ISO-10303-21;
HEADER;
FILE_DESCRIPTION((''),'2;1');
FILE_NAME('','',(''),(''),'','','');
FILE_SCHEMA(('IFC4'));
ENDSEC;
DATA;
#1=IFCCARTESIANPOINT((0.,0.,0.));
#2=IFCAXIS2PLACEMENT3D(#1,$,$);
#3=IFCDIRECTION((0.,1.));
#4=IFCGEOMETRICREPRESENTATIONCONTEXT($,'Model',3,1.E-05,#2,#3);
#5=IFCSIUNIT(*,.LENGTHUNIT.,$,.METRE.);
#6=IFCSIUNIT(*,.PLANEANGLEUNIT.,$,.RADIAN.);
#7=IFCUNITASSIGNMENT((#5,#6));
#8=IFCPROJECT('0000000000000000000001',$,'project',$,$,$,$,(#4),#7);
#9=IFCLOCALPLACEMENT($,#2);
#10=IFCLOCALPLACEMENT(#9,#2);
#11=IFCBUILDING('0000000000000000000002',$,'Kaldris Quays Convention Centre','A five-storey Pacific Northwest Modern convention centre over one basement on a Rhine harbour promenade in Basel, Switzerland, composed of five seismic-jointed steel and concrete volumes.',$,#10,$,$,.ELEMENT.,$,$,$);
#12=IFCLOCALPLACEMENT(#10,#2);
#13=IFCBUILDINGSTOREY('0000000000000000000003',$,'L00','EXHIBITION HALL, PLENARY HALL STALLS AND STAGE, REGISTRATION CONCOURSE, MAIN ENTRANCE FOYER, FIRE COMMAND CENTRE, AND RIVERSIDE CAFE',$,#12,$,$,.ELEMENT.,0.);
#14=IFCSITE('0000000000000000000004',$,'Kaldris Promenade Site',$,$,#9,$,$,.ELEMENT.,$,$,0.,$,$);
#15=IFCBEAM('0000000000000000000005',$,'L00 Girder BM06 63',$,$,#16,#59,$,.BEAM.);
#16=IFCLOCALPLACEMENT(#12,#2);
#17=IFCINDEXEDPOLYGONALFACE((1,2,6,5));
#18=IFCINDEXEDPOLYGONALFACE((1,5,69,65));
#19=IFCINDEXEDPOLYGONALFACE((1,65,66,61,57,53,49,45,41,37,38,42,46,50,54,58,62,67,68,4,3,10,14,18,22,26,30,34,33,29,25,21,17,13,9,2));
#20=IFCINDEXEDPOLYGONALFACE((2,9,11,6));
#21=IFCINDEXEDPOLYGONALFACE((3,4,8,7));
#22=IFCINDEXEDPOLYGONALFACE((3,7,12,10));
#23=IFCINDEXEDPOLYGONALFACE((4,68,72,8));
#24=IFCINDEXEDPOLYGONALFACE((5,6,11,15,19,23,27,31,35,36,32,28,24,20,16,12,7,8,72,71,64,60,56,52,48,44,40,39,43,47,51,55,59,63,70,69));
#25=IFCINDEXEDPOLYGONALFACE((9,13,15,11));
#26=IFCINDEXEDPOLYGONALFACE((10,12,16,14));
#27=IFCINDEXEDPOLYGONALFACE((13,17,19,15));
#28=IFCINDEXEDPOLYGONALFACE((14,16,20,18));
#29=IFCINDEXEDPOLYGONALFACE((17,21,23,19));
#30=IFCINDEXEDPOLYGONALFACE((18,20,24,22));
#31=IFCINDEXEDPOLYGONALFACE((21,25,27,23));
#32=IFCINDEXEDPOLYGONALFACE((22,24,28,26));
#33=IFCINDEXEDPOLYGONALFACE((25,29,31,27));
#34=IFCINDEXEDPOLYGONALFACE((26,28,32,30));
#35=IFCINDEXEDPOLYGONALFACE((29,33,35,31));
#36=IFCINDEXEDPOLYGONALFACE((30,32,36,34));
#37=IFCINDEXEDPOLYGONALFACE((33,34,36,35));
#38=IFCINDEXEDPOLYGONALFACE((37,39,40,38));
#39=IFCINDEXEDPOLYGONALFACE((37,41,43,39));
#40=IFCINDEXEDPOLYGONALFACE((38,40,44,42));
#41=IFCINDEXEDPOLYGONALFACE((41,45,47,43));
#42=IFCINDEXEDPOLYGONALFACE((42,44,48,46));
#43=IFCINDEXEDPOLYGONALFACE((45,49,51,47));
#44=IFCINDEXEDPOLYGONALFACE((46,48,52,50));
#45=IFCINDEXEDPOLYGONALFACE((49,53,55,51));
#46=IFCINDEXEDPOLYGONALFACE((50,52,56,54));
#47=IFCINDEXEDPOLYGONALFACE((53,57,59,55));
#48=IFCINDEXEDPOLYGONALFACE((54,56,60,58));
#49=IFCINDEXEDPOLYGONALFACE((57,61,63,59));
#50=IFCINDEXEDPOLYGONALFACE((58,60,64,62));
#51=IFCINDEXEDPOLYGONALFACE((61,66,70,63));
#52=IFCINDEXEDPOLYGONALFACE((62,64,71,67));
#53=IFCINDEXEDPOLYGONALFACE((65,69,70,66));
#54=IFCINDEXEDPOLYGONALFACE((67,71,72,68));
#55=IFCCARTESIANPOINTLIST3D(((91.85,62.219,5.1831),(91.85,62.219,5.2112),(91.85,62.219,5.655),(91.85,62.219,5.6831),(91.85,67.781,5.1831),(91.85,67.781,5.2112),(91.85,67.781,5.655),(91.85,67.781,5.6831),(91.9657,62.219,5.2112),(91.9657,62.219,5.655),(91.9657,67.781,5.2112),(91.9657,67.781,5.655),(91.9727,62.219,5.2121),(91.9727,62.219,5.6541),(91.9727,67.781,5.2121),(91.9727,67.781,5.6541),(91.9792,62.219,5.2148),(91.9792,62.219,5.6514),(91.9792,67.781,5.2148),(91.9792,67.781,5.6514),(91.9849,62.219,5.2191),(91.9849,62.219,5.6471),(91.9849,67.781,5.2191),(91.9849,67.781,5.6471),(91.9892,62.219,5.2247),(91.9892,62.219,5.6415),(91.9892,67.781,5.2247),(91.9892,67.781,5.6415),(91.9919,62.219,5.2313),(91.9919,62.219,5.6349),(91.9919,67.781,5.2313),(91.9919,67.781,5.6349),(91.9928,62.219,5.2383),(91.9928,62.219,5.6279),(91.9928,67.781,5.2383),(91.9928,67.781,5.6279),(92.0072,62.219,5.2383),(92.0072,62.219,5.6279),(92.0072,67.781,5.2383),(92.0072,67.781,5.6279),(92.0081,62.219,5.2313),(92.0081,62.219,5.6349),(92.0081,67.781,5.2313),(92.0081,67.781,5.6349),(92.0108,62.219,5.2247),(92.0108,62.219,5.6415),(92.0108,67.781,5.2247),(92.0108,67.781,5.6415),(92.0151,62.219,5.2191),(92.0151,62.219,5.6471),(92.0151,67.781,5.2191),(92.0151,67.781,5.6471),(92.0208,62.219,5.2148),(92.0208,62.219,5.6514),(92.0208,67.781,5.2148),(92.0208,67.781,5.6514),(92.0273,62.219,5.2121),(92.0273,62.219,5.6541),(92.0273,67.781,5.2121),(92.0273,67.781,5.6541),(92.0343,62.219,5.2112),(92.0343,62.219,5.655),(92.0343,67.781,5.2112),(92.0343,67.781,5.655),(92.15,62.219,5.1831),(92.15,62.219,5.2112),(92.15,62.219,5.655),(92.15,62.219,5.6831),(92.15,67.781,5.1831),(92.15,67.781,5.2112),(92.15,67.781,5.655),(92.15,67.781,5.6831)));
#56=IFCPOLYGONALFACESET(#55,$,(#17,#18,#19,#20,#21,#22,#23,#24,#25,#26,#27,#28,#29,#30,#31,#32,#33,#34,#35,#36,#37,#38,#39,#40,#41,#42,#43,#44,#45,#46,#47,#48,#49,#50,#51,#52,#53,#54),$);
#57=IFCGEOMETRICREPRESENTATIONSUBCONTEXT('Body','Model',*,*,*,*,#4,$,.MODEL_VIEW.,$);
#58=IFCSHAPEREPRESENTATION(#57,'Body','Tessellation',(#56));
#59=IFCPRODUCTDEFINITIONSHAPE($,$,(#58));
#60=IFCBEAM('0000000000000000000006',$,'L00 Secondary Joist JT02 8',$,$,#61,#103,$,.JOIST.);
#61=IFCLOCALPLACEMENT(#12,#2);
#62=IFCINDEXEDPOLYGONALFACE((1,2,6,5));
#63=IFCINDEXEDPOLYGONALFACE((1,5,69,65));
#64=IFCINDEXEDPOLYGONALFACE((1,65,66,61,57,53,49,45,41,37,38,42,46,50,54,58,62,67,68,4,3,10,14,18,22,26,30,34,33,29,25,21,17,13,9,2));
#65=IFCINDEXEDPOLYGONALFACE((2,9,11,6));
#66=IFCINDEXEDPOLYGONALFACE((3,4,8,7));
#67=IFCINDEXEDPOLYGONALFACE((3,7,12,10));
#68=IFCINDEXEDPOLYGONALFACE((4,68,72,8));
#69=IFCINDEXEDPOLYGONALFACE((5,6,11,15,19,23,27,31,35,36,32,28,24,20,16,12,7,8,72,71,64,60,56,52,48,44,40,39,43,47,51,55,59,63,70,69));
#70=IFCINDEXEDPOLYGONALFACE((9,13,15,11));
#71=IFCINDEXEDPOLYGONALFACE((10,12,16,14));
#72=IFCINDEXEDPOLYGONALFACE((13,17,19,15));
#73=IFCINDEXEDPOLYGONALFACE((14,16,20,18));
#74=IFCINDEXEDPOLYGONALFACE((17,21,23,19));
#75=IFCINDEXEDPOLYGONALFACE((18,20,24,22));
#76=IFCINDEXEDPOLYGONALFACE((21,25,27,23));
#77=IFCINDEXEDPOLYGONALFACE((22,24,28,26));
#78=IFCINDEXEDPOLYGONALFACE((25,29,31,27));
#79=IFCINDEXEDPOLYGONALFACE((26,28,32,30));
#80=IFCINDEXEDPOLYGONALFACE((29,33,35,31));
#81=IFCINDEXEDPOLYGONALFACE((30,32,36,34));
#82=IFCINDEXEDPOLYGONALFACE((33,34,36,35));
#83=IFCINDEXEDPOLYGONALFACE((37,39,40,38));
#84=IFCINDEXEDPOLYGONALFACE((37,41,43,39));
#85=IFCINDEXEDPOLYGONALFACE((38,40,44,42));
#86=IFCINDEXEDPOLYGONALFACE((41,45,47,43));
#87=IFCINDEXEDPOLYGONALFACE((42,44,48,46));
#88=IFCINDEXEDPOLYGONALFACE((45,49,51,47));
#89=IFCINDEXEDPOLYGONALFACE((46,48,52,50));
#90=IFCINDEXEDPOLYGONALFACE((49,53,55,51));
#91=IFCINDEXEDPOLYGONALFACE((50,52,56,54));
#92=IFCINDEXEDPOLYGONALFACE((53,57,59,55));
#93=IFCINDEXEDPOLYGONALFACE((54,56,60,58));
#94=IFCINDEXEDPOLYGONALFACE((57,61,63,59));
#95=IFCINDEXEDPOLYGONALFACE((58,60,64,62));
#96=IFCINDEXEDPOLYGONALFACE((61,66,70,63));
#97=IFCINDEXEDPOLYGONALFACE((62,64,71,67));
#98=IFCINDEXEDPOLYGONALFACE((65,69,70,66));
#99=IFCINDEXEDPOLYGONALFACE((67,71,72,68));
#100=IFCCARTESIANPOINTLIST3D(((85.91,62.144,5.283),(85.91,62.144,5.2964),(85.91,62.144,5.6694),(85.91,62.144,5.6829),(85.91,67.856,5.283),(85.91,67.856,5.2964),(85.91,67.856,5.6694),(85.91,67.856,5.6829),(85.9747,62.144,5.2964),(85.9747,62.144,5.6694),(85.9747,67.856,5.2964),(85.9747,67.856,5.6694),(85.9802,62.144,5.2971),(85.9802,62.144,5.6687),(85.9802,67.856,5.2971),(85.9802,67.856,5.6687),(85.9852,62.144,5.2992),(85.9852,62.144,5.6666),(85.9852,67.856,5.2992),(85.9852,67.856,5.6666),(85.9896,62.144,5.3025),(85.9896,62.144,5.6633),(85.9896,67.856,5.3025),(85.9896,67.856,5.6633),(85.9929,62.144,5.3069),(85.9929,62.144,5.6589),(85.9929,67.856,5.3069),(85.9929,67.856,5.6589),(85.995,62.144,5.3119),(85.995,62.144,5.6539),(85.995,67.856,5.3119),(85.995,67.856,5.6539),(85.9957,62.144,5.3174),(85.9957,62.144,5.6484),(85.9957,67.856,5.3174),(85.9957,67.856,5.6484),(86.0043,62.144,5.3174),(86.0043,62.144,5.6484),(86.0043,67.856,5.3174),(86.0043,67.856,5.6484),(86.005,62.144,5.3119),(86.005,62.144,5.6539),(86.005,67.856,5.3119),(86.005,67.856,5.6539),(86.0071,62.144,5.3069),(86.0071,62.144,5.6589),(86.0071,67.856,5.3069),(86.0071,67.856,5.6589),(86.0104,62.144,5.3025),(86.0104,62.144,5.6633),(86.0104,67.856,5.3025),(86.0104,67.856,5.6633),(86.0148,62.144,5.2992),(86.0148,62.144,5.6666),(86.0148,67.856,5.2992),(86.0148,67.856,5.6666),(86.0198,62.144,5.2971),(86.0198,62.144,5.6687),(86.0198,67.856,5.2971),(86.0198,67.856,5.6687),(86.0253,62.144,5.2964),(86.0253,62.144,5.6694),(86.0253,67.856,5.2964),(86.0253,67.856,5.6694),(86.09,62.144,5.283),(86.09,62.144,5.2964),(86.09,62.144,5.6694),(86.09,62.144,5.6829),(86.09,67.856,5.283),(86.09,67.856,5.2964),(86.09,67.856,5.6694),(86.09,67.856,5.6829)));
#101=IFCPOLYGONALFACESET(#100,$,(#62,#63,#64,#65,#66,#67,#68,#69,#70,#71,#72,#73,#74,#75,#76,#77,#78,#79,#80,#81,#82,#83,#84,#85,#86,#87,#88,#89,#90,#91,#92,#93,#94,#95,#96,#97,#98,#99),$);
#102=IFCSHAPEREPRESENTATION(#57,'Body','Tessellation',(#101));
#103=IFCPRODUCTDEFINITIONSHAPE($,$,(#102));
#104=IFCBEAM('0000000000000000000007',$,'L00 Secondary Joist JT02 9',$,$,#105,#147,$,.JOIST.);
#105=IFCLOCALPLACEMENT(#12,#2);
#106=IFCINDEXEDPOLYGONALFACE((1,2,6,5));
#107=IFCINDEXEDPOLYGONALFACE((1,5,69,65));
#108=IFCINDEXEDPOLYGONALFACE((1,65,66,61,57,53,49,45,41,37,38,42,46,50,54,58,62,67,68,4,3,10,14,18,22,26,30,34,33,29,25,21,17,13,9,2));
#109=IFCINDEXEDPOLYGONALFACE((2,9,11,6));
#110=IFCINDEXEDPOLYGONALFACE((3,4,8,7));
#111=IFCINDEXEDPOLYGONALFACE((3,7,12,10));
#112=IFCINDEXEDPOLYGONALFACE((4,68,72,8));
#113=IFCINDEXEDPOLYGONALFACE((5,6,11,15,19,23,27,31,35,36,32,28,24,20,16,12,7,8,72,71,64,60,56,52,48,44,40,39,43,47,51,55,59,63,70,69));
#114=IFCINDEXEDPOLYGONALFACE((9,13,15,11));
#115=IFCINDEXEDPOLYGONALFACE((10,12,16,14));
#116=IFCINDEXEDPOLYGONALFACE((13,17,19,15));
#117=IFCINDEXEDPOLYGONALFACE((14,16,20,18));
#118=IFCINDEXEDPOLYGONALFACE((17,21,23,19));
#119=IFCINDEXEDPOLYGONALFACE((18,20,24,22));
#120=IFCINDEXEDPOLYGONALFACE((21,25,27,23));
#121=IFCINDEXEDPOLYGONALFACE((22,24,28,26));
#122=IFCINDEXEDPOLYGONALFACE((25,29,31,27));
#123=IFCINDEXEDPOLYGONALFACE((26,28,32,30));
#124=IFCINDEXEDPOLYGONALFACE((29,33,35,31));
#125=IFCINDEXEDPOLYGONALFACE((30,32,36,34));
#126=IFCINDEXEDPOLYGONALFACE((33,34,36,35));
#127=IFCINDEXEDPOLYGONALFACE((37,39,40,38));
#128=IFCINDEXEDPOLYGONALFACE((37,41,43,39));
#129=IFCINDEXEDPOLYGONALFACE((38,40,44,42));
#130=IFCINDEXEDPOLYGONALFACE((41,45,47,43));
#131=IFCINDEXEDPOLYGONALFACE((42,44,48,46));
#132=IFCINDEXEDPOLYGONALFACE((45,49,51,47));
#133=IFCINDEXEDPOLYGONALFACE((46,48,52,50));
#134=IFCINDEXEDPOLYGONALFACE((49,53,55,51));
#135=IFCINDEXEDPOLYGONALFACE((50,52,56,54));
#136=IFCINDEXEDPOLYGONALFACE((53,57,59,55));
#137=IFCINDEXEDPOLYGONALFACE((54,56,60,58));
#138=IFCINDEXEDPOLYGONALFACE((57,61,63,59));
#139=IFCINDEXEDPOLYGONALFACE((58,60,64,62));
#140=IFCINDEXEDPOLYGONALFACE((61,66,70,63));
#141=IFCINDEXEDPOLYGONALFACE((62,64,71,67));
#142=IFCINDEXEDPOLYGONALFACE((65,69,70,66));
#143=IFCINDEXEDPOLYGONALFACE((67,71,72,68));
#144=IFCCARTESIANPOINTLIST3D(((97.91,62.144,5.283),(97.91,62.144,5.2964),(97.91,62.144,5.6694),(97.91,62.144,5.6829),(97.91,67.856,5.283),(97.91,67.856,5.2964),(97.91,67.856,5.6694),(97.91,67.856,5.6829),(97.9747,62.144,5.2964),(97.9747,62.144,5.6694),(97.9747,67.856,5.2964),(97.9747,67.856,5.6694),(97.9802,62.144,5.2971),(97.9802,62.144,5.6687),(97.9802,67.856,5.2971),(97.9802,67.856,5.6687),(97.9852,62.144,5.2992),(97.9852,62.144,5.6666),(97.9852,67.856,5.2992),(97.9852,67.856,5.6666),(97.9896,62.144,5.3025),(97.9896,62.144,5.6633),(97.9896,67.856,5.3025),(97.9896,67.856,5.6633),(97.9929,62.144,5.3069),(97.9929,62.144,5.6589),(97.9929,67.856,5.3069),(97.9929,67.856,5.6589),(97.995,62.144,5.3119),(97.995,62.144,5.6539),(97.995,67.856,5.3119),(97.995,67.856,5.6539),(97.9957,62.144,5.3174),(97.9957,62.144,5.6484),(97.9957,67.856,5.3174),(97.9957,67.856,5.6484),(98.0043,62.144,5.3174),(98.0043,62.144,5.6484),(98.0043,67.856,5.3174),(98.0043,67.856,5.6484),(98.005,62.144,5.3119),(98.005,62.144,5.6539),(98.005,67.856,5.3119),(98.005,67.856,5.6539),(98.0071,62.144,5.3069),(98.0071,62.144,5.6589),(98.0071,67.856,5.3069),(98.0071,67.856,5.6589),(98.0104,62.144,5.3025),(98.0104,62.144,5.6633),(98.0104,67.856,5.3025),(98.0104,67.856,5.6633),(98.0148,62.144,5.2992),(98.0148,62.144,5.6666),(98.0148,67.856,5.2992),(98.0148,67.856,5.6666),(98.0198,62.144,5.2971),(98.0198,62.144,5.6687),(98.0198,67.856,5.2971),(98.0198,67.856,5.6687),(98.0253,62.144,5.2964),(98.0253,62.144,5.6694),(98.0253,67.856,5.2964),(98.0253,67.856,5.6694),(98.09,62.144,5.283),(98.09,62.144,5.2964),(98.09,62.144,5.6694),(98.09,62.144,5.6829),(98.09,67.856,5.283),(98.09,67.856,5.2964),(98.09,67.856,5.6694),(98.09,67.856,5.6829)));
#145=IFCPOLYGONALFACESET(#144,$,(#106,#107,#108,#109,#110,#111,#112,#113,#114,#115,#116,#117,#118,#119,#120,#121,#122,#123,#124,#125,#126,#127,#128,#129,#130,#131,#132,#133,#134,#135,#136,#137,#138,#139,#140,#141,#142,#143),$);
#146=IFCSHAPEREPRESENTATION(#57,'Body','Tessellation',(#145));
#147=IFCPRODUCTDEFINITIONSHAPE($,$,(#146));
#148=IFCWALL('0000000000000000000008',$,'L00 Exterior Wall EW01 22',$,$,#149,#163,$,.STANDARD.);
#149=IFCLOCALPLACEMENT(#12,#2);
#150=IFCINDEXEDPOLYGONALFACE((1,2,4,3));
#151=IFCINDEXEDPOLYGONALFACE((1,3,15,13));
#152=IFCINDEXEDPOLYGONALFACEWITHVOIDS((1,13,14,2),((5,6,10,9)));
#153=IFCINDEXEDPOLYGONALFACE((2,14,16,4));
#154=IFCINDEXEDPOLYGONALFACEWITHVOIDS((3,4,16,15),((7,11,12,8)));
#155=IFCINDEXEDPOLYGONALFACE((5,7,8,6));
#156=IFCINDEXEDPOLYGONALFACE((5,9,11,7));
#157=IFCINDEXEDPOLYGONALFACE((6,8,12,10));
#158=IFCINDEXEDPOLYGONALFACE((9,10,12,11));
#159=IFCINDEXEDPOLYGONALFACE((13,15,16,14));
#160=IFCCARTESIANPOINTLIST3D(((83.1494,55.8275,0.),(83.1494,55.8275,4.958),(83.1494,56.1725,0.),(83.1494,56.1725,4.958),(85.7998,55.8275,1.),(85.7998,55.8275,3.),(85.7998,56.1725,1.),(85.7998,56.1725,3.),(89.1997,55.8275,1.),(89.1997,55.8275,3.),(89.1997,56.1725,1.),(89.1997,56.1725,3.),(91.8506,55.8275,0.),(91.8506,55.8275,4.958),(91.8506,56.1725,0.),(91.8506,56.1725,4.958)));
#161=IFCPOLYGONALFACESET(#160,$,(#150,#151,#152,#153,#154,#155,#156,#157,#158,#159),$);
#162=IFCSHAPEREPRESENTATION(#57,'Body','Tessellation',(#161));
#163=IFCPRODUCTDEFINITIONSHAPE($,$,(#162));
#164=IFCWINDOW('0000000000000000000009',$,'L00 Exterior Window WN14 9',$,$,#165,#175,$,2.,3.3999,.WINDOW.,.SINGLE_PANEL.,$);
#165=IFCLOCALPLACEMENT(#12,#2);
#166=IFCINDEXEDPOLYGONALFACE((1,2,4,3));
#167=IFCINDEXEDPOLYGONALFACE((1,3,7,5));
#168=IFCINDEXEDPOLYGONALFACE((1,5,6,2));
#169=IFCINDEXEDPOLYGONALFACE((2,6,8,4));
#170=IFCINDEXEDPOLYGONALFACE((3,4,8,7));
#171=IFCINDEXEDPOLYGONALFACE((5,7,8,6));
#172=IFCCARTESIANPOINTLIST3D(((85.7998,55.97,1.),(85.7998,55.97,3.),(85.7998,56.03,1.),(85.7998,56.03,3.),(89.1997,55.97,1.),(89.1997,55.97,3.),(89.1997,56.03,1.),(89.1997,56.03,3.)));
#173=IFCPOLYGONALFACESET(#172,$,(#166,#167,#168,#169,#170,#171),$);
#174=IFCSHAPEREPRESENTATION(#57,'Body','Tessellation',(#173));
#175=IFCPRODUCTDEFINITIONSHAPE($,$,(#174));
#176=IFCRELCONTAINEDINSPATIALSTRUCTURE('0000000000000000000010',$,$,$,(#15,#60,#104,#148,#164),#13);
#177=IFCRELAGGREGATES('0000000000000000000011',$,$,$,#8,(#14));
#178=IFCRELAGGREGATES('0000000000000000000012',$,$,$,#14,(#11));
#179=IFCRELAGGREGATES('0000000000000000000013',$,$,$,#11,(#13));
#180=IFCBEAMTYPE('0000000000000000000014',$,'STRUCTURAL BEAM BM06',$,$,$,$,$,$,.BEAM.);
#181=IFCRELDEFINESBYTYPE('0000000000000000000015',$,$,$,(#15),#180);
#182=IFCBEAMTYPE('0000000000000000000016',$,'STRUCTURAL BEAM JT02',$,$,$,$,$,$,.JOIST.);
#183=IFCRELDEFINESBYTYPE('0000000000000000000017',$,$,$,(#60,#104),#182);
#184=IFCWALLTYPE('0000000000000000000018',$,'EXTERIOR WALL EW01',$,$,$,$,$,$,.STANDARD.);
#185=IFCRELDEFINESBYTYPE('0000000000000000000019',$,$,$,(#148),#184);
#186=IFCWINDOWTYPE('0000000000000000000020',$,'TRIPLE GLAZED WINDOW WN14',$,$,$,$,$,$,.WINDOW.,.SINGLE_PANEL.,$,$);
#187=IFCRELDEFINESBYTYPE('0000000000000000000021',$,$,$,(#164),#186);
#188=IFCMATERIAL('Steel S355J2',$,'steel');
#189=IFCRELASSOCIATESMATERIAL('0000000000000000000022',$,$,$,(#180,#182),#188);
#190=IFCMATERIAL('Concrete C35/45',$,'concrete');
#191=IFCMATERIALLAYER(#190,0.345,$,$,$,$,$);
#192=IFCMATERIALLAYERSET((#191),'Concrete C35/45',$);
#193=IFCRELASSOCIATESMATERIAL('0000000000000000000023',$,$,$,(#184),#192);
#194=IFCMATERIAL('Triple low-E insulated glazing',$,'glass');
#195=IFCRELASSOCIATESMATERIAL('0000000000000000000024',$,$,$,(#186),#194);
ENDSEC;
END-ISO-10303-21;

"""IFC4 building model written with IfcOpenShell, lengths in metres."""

from ifc_helpers import new_model, si_unit, direction, frame, frame_2d, origin, origin_2d, place, context, subcontext, project, spatial, rectangle, i_section, extrude, material, layer, layer_set, material_profile, profile_set, type_object, element, fill, save


model = new_model("IFC4")

# Units and contexts
model_context = context("Model", 3, precision=1e-05, world=origin(), true_north=direction((0.0, 1.0)))
body_context = subcontext(model_context, "Body", "Model", "MODEL_VIEW")
ifc_project = project(units=[si_unit("LENGTHUNIT", "METRE"), si_unit("PLANEANGLEUNIT", "RADIAN")], contexts=[model_context])

# Site, building, storey
site_placement = place(None, origin())
site = spatial("IfcSite", under=ifc_project, at=site_placement, Name="Kaldris Promenade Site", CompositionType="ELEMENT", RefElevation=0.0)
building_placement = place(site_placement, origin())
building = spatial("IfcBuilding", under=site, at=building_placement, Name="Kaldris Quays Convention Centre", Description="A five-storey Pacific Northwest Modern convention centre over one basement on a Rhine harbour promenade in Basel, Switzerland, composed of five seismic-jointed steel and concrete volumes.", CompositionType="ELEMENT")
storey_placement = place(building_placement, origin())
storey = spatial("IfcBuildingStorey", under=building, at=storey_placement, Name="L00", Description="EXHIBITION HALL, PLENARY HALL STALLS AND STAGE, REGISTRATION CONCOURSE, MAIN ENTRANCE FOYER, FIRE COMMAND CENTRE, AND RIVERSIDE CAFE", CompositionType="ELEMENT", Elevation=0.0)

# Shared definitions
ifc_material_1 = material(Name="Steel S355J2", Category="steel")

# Beams
ifc_material_profile_1 = material_profile(ifc_material_1, i_section(OverallWidth=0.3, OverallDepth=0.5, WebThickness=0.0144, FlangeThickness=0.0281, FilletRadius=0.0271, at=origin_2d()), Name="HEB 500")
ifc_profile_set_1 = profile_set([ifc_material_profile_1], Name="Steel S355J2")
beam_type_1 = type_object("IfcBeamType", Name="STRUCTURAL BEAM BM06", PredefinedType="BEAM", material=ifc_profile_set_1)
beam_1_placement = place(storey_placement, frame((92.0, 62.219, 5.4331), z_axis=(0.0, 1.0, 0.0), x_axis=(-1.0, 0.0, 0.0)))
element("IfcBeam", 1, at=beam_1_placement, inside=storey, type_object=beam_type_1, Name="L00 Girder BM06 63", PredefinedType="BEAM", context=body_context, shape_type="SweptSolid", body=[
    extrude(i_section(OverallWidth=0.3, OverallDepth=0.5, WebThickness=0.0144, FlangeThickness=0.0281, FilletRadius=0.0271, at=origin_2d()), origin(), (0.0, 0.0, 1.0), 5.562),
])
ifc_material_profile_2 = material_profile(ifc_material_1, i_section(OverallWidth=0.1799, OverallDepth=0.3999, WebThickness=0.0085, FlangeThickness=0.0134, FilletRadius=0.021, at=origin_2d()), Name="IPE 400")
ifc_profile_set_2 = profile_set([ifc_material_profile_2], Name="Steel S355J2")
beam_type_2 = type_object("IfcBeamType", Name="STRUCTURAL BEAM JT02", PredefinedType="JOIST", material=ifc_profile_set_2)
for number, where, z_axis, x_axis, name in (
    (2, (86.0, 62.144, 5.4829), (0.0, 1.0, 0.0), (-1.0, 0.0, 0.0), "L00 Secondary Joist JT02 8"),
    (3, (98.0, 62.144, 5.4829), (0.0, 1.0, 0.0), (-1.0, 0.0, 0.0), "L00 Secondary Joist JT02 9"),
):
    element("IfcBeam", number, at=place(storey_placement, frame(where, z_axis=z_axis, x_axis=x_axis)), inside=storey, type_object=beam_type_2, Name=name, PredefinedType="JOIST", context=body_context, shape_type="SweptSolid", body=[
        extrude(i_section(OverallWidth=0.1799, OverallDepth=0.3999, WebThickness=0.0085, FlangeThickness=0.0134, FilletRadius=0.021, at=origin_2d()), origin(), (0.0, 0.0, 1.0), 5.7119),
    ])

# Wall, opening, window
ifc_material_2 = material(Name="Concrete C35/45", Category="concrete")
ifc_layer_1 = layer(ifc_material_2, 0.345)
ifc_layer_set_1 = layer_set([ifc_layer_1], Name="Concrete C35/45")
wall_type_1 = type_object("IfcWallType", Name="EXTERIOR WALL EW01", PredefinedType="STANDARD", material=ifc_layer_set_1)
wall_1_placement = place(storey_placement, frame((83.1494, 56.0, 0.0), z_axis=(0.0, 0.0, 1.0), x_axis=(1.0, 0.0, 0.0)))
wall_1 = element("IfcWall", 4, at=wall_1_placement, inside=storey, type_object=wall_type_1, Name="L00 Exterior Wall EW01 22", PredefinedType="STANDARD", context=body_context, shape_type="SweptSolid", body=[
    extrude(rectangle(XDim=8.7012, YDim=0.345, at=frame_2d((4.3506, 0.0))), origin(), (0.0, 0.0, 1.0), 4.958),
])
opening_1_placement = place(wall_1_placement, frame((2.6504, 0.0, 1.0)))
opening_1 = element("IfcOpeningElement", 5, at=opening_1_placement, cuts=wall_1, PredefinedType="OPENING", context=body_context, shape_type="SweptSolid", body=[
    extrude(rectangle(XDim=3.3999, YDim=2.0, at=frame_2d((1.7, 1.0))), frame((0.0, 0.1826, 0.0), z_axis=(0.0, -1.0, 0.0), x_axis=(1.0, 0.0, 0.0)), (0.0, 0.0, 1.0), 0.365),
])
ifc_material_3 = material(Name="Triple low-E insulated glazing", Category="glass")
window_type_1 = type_object("IfcWindowType", Name="TRIPLE GLAZED WINDOW WN14", PartitioningType="SINGLE_PANEL", PredefinedType="WINDOW", material=ifc_material_3)
window_1_placement = place(opening_1_placement, origin())
window_1 = element("IfcWindow", 6, at=window_1_placement, inside=storey, type_object=window_type_1, Name="L00 Exterior Window WN14 9", OverallHeight=2.0, OverallWidth=3.3999, PartitioningType="SINGLE_PANEL", PredefinedType="WINDOW", context=body_context, shape_type="SweptSolid", body=[
    extrude(rectangle(XDim=3.3999, YDim=2.0, at=frame_2d((1.7, 1.0))), frame((0.0, 0.03, 0.0), z_axis=(0.0, -1.0, 0.0), x_axis=(1.0, 0.0, 0.0)), (0.0, 0.0, 1.0), 0.0601),
])
fill(opening_1, window_1)

save(model, "model.ifc")
